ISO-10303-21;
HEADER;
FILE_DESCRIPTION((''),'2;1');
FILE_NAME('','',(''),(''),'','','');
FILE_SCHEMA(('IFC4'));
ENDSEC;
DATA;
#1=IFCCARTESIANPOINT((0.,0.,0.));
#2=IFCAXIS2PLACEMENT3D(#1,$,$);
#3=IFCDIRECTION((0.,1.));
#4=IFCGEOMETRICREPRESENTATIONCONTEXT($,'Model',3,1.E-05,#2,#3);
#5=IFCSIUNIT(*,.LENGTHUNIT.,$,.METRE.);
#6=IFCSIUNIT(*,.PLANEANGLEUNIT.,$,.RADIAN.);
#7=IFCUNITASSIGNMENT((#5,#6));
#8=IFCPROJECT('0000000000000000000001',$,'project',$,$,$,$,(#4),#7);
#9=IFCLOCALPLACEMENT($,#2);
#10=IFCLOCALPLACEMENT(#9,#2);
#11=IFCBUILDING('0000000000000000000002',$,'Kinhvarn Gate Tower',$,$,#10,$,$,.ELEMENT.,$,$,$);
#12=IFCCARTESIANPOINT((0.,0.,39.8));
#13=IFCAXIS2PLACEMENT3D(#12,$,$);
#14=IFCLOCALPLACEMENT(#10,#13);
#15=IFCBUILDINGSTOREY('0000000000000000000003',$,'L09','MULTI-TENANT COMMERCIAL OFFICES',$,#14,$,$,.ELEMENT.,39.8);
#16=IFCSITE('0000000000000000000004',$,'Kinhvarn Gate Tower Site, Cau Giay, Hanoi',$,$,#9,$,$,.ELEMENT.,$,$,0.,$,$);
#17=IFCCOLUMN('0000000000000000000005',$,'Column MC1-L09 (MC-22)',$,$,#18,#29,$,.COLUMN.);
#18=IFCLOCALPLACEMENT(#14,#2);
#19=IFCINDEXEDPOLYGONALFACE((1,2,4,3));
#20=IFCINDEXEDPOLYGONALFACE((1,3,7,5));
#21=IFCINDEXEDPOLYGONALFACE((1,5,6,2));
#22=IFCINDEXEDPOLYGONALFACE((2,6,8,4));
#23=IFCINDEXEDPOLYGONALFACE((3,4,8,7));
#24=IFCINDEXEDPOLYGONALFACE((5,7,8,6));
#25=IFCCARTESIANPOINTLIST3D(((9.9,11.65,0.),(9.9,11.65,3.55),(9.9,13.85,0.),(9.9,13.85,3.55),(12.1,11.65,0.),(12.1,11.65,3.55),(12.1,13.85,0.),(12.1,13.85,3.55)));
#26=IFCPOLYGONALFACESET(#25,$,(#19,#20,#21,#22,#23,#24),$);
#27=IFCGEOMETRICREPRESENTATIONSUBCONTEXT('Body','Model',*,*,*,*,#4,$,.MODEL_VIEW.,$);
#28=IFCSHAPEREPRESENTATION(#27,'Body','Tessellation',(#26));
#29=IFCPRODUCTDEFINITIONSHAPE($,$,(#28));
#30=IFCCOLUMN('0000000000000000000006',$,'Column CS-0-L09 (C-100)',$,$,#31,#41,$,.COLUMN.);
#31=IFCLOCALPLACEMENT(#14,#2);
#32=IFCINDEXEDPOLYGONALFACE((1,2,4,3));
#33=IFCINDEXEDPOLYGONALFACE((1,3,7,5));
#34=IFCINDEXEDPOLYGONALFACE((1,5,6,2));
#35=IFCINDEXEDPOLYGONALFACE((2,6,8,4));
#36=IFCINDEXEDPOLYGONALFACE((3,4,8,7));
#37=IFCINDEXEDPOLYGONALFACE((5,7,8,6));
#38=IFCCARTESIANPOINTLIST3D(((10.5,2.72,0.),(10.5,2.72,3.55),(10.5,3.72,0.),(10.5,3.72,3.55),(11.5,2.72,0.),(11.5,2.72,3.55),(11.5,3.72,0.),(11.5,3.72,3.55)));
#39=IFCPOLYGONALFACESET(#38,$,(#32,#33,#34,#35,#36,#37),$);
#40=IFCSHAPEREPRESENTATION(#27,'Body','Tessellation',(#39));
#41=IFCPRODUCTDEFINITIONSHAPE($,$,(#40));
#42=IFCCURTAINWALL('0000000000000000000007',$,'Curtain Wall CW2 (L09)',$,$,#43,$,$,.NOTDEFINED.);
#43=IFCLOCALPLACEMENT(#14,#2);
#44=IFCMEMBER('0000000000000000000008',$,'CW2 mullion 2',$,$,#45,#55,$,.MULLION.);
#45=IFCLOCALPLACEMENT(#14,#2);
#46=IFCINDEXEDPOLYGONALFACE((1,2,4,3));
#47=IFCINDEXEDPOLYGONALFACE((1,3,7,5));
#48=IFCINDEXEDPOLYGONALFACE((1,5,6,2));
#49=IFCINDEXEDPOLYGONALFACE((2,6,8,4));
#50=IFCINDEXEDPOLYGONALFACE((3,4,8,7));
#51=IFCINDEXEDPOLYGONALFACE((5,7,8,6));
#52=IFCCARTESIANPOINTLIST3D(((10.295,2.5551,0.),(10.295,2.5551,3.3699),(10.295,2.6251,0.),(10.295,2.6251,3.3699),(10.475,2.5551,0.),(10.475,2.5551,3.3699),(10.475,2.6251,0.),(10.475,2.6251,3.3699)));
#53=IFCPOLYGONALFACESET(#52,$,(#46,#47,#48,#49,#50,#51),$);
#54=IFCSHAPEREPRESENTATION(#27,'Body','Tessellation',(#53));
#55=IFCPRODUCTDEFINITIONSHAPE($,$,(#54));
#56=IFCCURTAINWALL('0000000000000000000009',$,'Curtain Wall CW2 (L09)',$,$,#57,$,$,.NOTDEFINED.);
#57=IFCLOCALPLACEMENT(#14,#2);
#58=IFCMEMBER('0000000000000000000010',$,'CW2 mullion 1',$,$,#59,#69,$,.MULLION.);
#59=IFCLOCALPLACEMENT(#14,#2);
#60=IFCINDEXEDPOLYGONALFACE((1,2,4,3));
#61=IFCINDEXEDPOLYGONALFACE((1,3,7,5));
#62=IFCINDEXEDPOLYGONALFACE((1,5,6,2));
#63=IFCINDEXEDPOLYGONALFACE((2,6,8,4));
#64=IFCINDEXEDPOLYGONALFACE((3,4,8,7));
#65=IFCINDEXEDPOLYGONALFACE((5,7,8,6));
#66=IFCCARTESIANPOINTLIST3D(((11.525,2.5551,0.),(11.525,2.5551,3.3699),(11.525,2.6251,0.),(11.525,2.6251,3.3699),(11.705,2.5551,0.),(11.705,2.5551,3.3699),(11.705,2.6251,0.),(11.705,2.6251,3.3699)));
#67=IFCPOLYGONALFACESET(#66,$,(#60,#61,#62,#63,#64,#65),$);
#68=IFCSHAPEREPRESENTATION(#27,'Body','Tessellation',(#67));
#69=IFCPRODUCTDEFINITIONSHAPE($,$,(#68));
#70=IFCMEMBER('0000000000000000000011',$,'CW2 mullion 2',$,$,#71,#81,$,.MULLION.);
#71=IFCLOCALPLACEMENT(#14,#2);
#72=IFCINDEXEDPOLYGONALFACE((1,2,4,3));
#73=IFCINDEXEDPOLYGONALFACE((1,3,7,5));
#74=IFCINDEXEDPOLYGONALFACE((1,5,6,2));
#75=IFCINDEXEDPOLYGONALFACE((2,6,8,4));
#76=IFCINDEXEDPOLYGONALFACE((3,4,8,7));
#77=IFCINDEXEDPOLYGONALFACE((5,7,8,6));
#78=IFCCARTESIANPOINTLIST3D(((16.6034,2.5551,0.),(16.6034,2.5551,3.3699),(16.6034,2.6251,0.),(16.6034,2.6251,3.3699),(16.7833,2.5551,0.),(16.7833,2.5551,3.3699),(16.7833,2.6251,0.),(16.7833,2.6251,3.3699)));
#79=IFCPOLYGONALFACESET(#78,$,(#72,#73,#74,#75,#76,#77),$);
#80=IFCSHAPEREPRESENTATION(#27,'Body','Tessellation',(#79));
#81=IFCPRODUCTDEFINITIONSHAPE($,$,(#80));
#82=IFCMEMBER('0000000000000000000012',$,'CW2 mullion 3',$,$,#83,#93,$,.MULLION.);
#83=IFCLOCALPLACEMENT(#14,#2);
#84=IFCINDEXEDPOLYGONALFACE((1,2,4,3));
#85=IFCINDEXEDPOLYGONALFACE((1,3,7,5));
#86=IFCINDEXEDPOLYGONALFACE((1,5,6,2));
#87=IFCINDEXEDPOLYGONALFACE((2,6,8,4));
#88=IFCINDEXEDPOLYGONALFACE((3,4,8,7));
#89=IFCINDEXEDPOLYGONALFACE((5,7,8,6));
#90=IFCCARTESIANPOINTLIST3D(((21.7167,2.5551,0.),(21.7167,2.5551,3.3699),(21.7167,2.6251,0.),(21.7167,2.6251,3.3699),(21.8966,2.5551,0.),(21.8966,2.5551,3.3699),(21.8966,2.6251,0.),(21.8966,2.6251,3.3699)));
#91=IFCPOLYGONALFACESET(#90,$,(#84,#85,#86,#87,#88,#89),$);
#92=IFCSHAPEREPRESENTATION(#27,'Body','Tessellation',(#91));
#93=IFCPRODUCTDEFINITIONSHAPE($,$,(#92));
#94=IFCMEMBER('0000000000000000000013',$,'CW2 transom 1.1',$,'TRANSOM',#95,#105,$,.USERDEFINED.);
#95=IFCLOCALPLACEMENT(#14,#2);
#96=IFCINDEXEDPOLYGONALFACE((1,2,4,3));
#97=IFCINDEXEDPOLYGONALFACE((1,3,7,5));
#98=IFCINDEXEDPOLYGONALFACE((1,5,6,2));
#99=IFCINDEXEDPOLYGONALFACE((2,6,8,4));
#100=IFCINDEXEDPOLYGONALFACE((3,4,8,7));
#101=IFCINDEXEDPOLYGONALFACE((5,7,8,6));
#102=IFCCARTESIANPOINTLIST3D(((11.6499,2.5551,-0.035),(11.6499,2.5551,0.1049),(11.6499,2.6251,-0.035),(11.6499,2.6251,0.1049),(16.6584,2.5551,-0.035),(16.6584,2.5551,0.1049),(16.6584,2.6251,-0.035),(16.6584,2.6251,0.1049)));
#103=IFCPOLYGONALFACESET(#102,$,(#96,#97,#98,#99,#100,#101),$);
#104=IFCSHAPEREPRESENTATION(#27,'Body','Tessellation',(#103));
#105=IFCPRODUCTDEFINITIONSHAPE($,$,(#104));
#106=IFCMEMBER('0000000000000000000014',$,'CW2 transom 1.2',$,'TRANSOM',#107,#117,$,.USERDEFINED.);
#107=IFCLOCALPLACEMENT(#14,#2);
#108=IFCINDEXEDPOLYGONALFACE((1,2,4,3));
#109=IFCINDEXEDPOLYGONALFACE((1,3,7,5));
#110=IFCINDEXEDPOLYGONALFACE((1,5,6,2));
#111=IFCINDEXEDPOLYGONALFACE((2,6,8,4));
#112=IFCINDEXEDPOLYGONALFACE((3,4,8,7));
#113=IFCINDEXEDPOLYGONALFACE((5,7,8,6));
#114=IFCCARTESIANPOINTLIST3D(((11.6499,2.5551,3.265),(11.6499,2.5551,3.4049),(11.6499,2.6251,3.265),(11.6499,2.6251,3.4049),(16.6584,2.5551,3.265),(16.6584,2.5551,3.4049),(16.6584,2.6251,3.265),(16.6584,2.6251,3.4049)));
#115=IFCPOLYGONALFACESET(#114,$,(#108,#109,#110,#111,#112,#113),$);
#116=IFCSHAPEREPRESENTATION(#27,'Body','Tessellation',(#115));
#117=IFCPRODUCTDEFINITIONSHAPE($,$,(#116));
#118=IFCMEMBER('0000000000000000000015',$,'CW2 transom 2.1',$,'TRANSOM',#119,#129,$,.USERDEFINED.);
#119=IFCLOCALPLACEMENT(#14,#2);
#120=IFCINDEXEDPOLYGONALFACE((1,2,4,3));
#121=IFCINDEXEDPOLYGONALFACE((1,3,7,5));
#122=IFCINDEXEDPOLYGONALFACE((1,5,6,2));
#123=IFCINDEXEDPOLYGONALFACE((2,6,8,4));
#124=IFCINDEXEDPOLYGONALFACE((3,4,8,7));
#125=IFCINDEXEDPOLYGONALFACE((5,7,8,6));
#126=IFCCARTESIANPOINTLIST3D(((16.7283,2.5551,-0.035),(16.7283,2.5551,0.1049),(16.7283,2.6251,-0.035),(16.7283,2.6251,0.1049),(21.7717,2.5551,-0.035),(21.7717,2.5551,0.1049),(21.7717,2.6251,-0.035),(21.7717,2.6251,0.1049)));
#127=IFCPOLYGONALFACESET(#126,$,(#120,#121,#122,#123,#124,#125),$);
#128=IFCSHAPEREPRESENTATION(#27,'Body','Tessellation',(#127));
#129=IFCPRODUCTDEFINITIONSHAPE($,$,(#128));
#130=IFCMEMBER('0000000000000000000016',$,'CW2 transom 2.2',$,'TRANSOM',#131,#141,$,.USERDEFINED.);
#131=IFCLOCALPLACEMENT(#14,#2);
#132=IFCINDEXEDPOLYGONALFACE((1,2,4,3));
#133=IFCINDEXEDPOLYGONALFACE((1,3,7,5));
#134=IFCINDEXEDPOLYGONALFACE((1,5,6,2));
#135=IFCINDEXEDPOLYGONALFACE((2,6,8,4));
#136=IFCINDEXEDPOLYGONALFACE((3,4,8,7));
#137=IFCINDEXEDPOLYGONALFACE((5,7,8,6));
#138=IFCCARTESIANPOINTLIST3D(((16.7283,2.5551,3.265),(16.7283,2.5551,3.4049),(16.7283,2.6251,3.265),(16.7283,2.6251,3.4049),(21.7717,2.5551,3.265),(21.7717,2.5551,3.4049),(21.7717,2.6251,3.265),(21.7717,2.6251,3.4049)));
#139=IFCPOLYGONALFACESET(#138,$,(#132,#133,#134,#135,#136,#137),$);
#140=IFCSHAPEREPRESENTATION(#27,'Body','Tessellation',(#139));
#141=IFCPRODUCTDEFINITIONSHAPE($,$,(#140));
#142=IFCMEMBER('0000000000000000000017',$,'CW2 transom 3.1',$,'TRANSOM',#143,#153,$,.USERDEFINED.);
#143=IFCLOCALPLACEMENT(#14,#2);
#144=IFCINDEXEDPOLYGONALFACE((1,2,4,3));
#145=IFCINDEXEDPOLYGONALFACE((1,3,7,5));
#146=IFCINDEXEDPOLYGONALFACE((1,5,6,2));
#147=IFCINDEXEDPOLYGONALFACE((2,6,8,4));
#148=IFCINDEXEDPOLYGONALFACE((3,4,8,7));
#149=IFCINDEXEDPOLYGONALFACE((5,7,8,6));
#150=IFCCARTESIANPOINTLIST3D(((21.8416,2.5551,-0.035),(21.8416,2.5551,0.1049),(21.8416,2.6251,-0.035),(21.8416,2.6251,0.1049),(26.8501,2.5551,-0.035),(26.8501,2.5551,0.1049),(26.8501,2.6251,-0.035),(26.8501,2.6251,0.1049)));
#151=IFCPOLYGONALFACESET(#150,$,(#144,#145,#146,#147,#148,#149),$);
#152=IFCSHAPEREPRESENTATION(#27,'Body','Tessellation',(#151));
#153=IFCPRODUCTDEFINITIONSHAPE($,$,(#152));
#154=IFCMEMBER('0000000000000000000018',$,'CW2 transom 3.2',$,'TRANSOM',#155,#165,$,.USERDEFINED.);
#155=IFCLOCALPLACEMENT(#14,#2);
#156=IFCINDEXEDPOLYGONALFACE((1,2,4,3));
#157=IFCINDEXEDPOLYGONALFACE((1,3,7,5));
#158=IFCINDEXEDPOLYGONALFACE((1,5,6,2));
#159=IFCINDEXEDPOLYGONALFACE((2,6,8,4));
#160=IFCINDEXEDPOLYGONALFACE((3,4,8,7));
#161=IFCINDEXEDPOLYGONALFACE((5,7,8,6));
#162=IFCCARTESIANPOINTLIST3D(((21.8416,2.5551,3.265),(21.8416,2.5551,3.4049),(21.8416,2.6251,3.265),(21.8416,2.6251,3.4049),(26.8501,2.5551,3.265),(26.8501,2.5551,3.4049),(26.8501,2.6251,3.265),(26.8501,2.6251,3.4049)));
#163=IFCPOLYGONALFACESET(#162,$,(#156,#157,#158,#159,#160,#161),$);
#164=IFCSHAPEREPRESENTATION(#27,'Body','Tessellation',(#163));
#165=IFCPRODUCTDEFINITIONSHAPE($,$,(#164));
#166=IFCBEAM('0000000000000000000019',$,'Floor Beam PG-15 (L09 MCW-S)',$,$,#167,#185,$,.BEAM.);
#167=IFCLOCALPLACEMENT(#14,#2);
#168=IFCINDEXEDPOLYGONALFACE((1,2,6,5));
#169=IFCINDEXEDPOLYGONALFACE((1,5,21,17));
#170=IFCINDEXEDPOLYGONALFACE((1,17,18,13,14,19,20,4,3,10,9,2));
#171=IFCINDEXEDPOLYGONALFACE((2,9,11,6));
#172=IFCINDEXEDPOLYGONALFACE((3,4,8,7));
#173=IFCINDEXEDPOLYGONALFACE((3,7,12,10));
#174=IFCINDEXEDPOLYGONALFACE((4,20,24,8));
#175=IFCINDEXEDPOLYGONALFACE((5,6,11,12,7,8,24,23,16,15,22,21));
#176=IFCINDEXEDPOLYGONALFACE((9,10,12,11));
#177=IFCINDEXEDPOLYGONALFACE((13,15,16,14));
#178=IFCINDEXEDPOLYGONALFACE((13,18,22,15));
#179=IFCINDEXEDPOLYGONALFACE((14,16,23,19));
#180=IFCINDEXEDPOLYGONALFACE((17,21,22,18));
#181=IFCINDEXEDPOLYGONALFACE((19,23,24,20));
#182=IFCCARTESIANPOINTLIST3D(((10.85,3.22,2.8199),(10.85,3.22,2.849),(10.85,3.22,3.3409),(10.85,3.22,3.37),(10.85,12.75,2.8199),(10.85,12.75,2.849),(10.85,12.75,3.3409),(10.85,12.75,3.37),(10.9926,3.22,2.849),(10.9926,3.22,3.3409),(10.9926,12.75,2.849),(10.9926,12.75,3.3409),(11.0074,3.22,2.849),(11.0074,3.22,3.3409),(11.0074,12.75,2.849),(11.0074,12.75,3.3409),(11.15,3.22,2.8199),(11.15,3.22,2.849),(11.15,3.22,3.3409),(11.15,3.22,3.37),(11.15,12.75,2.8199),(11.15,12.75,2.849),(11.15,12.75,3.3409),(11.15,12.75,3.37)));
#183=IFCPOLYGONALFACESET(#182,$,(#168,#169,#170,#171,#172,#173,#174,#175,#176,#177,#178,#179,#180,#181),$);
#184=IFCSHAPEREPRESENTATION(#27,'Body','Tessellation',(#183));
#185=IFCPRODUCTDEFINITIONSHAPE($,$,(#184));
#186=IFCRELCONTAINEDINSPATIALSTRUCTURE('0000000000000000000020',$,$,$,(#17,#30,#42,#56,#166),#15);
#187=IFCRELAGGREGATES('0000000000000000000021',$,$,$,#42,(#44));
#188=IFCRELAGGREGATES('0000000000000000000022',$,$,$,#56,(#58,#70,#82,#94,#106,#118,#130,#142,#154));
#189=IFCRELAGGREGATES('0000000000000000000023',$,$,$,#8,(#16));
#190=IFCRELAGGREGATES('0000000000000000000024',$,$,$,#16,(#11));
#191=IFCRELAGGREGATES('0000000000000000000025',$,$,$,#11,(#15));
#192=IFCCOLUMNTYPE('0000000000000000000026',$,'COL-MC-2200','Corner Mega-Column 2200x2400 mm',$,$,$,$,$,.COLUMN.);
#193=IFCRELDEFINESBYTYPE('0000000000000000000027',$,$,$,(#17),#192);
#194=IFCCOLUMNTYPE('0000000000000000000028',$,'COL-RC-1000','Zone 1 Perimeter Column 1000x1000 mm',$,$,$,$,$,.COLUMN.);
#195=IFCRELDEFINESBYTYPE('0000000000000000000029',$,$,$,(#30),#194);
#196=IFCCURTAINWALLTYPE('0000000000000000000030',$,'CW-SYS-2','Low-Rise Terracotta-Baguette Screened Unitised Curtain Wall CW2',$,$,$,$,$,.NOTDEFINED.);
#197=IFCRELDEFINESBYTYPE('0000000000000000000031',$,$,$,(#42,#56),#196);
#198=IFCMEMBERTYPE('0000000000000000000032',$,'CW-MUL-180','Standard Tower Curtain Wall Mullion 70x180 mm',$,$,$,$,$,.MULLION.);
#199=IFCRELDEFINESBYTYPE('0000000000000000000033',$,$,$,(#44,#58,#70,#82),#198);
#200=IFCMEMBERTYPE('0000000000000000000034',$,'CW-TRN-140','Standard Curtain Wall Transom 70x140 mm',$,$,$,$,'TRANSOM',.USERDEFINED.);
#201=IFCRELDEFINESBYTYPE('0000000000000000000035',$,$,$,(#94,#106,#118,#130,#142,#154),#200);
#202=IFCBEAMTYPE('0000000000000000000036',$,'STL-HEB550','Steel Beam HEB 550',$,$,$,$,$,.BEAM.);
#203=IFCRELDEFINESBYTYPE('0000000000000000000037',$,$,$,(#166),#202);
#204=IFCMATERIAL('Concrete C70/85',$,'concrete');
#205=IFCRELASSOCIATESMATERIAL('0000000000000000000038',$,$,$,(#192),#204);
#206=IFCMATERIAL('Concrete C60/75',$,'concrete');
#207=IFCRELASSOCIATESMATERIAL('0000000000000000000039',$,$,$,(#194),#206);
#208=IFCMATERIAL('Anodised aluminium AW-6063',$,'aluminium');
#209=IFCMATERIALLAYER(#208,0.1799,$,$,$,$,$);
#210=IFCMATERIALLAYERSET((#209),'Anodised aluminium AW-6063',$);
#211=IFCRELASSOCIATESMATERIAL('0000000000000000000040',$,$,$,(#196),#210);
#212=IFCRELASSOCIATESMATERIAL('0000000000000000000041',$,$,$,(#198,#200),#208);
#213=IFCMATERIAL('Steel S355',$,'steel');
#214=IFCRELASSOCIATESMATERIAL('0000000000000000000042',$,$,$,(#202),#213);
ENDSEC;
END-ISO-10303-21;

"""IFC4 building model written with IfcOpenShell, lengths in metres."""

from ifc_helpers import new_model, si_unit, direction, frame, origin, origin_2d, place, context, subcontext, project, spatial, rectangle, i_section, extrude, material, layer, layer_set, material_profile, profile_set, type_object, element, aggregate, save


model = new_model("IFC4")

# Units and contexts
model_context = context("Model", 3, precision=1e-05, world=origin(), true_north=direction((0.0, 1.0)))
body_context = subcontext(model_context, "Body", "Model", "MODEL_VIEW")
ifc_project = project(units=[si_unit("LENGTHUNIT", "METRE"), si_unit("PLANEANGLEUNIT", "RADIAN")], contexts=[model_context])

# Site, building, storey
site_placement = place(None, origin())
site = spatial("IfcSite", under=ifc_project, at=site_placement, Name="Kinhvarn Gate Tower Site, Cau Giay, Hanoi", CompositionType="ELEMENT", RefElevation=0.0)
building_placement = place(site_placement, origin())
building = spatial("IfcBuilding", under=site, at=building_placement, Name="Kinhvarn Gate Tower", CompositionType="ELEMENT")
storey_placement = place(building_placement, frame((0.0, 0.0, 39.8)))
storey = spatial("IfcBuildingStorey", under=building, at=storey_placement, Name="L09", Description="MULTI-TENANT COMMERCIAL OFFICES", CompositionType="ELEMENT", Elevation=39.8)

# Columns
ifc_material_1 = material(Name="Concrete C70/85", Category="concrete")
ifc_material_profile_1 = material_profile(ifc_material_1, rectangle(XDim=2.2, YDim=2.2, at=origin_2d()), Name="RC 2200x2200")
ifc_profile_set_1 = profile_set([ifc_material_profile_1], Name="Concrete C70/85")
column_type_1 = type_object("IfcColumnType", Name="COL-MC-2200", Description="Corner Mega-Column 2200x2400 mm", PredefinedType="COLUMN", material=ifc_profile_set_1)
column_1_placement = place(storey_placement, frame((11.0, 12.75, 0.0), z_axis=(0.0, 0.0, 1.0), x_axis=(1.0, 0.0, 0.0)))
element("IfcColumn", 1, at=column_1_placement, inside=storey, type_object=column_type_1, Name="Column MC1-L09 (MC-22)", PredefinedType="COLUMN", context=body_context, shape_type="SweptSolid", body=[
    extrude(rectangle(XDim=2.2, YDim=2.2, at=origin_2d()), origin(), (0.0, 0.0, 1.0), 3.55),
])
ifc_material_2 = material(Name="Concrete C60/75", Category="concrete")
ifc_material_profile_2 = material_profile(ifc_material_2, rectangle(XDim=1.0, YDim=1.0, at=origin_2d()), Name="RC 1000x1000")
ifc_profile_set_2 = profile_set([ifc_material_profile_2], Name="Concrete C60/75")
column_type_2 = type_object("IfcColumnType", Name="COL-RC-1000", Description="Zone 1 Perimeter Column 1000x1000 mm", PredefinedType="COLUMN", material=ifc_profile_set_2)
column_2_placement = place(storey_placement, frame((11.0, 3.22, 0.0), z_axis=(0.0, 0.0, 1.0), x_axis=(1.0, 0.0, 0.0)))
element("IfcColumn", 2, at=column_2_placement, inside=storey, type_object=column_type_2, Name="Column CS-0-L09 (C-100)", PredefinedType="COLUMN", context=body_context, shape_type="SweptSolid", body=[
    extrude(rectangle(XDim=1.0, YDim=1.0, at=origin_2d()), origin(), (0.0, 0.0, 1.0), 3.55),
])

# Curtain wall, member
ifc_material_3 = material(Name="Anodised aluminium AW-6063", Category="aluminium")
ifc_layer_1 = layer(ifc_material_3, 0.1799)
ifc_layer_set_1 = layer_set([ifc_layer_1], Name="Anodised aluminium AW-6063")
curtain_wall_type = type_object("IfcCurtainWallType", Name="CW-SYS-2", Description="Low-Rise Terracotta-Baguette Screened Unitised Curtain Wall CW2", PredefinedType="NOTDEFINED", material=ifc_layer_set_1)
curtain_wall_1_placement = place(storey_placement, origin())
curtain_wall_1 = element("IfcCurtainWall", 3, at=curtain_wall_1_placement, inside=storey, type_object=curtain_wall_type, Name="Curtain Wall CW2 (L09)", PredefinedType="NOTDEFINED")
ifc_material_profile_3 = material_profile(ifc_material_3, rectangle(XDim=0.0701, YDim=0.1799, at=origin_2d()), Name="ALU 70x180")
ifc_profile_set_3 = profile_set([ifc_material_profile_3], Name="Anodised aluminium AW-6063")
member_type_1 = type_object("IfcMemberType", Name="CW-MUL-180", Description="Standard Tower Curtain Wall Mullion 70x180 mm", PredefinedType="MULLION", material=ifc_profile_set_3)
member_1_placement = place(storey_placement, frame((10.385, 2.5901, 0.0), z_axis=(0.0, 0.0, 1.0), x_axis=(0.0, 1.0, 0.0)))
member_1 = element("IfcMember", 4, at=member_1_placement, type_object=member_type_1, Name="CW2 mullion 2", PredefinedType="MULLION", context=body_context, shape_type="SweptSolid", body=[
    extrude(rectangle(XDim=0.0701, YDim=0.1799, at=origin_2d()), origin(), (0.0, 0.0, 1.0), 3.3699),
])
aggregate(curtain_wall_1, [member_1])

# Curtain wall, members
curtain_wall_2_placement = place(storey_placement, origin())
curtain_wall_2 = element("IfcCurtainWall", 5, at=curtain_wall_2_placement, inside=storey, type_object=curtain_wall_type, Name="Curtain Wall CW2 (L09)", PredefinedType="NOTDEFINED")
member_2_placement = place(storey_placement, frame((11.615, 2.5901, 0.0), z_axis=(0.0, 0.0, 1.0), x_axis=(0.0, 1.0, 0.0)))
member_2 = element("IfcMember", 6, at=member_2_placement, type_object=member_type_1, Name="CW2 mullion 1", PredefinedType="MULLION", context=body_context, shape_type="SweptSolid", body=[
    extrude(rectangle(XDim=0.0701, YDim=0.1799, at=origin_2d()), origin(), (0.0, 0.0, 1.0), 3.3699),
])
member_3_placement = place(storey_placement, frame((16.6934, 2.5901, 0.0), z_axis=(0.0, 0.0, 1.0), x_axis=(0.0, 1.0, 0.0)))
member_3 = element("IfcMember", 7, at=member_3_placement, type_object=member_type_1, Name="CW2 mullion 2", PredefinedType="MULLION", context=body_context, shape_type="SweptSolid", body=[
    extrude(rectangle(XDim=0.0701, YDim=0.1799, at=origin_2d()), origin(), (0.0, 0.0, 1.0), 3.3699),
])
member_4_placement = place(storey_placement, frame((21.8066, 2.5901, 0.0), z_axis=(0.0, 0.0, 1.0), x_axis=(0.0, 1.0, 0.0)))
member_4 = element("IfcMember", 8, at=member_4_placement, type_object=member_type_1, Name="CW2 mullion 3", PredefinedType="MULLION", context=body_context, shape_type="SweptSolid", body=[
    extrude(rectangle(XDim=0.0701, YDim=0.1799, at=origin_2d()), origin(), (0.0, 0.0, 1.0), 3.3699),
])
ifc_material_profile_4 = material_profile(ifc_material_3, rectangle(XDim=0.0701, YDim=0.1399, at=origin_2d()), Name="ALU 70x140")
ifc_profile_set_4 = profile_set([ifc_material_profile_4], Name="Anodised aluminium AW-6063")
member_type_2 = type_object("IfcMemberType", Name="CW-TRN-140", Description="Standard Curtain Wall Transom 70x140 mm", ElementType="TRANSOM", PredefinedType="USERDEFINED", material=ifc_profile_set_4)
member_5_placement = place(storey_placement, frame((11.6499, 2.5901, 0.0349), z_axis=(1.0, 0.0, 0.0), x_axis=(0.0, 1.0, 0.0)))
member_5 = element("IfcMember", 9, at=member_5_placement, type_object=member_type_2, Name="CW2 transom 1.1", ObjectType="TRANSOM", PredefinedType="USERDEFINED", context=body_context, shape_type="SweptSolid", body=[
    extrude(rectangle(XDim=0.0701, YDim=0.1399, at=origin_2d()), origin(), (0.0, 0.0, 1.0), 5.0085),
])
member_6_placement = place(storey_placement, frame((11.6499, 2.5901, 3.335), z_axis=(1.0, 0.0, 0.0), x_axis=(0.0, 1.0, 0.0)))
member_6 = element("IfcMember", 10, at=member_6_placement, type_object=member_type_2, Name="CW2 transom 1.2", ObjectType="TRANSOM", PredefinedType="USERDEFINED", context=body_context, shape_type="SweptSolid", body=[
    extrude(rectangle(XDim=0.0701, YDim=0.1399, at=origin_2d()), origin(), (0.0, 0.0, 1.0), 5.0085),
])
member_7_placement = place(storey_placement, frame((16.7283, 2.5901, 0.0349), z_axis=(1.0, 0.0, 0.0), x_axis=(0.0, 1.0, 0.0)))
member_7 = element("IfcMember", 11, at=member_7_placement, type_object=member_type_2, Name="CW2 transom 2.1", ObjectType="TRANSOM", PredefinedType="USERDEFINED", context=body_context, shape_type="SweptSolid", body=[
    extrude(rectangle(XDim=0.0701, YDim=0.1399, at=origin_2d()), origin(), (0.0, 0.0, 1.0), 5.0435),
])
member_8_placement = place(storey_placement, frame((16.7283, 2.5901, 3.335), z_axis=(1.0, 0.0, 0.0), x_axis=(0.0, 1.0, 0.0)))
member_8 = element("IfcMember", 12, at=member_8_placement, type_object=member_type_2, Name="CW2 transom 2.2", ObjectType="TRANSOM", PredefinedType="USERDEFINED", context=body_context, shape_type="SweptSolid", body=[
    extrude(rectangle(XDim=0.0701, YDim=0.1399, at=origin_2d()), origin(), (0.0, 0.0, 1.0), 5.0435),
])
member_9_placement = place(storey_placement, frame((21.8416, 2.5901, 0.0349), z_axis=(1.0, 0.0, 0.0), x_axis=(0.0, 1.0, 0.0)))
member_9 = element("IfcMember", 13, at=member_9_placement, type_object=member_type_2, Name="CW2 transom 3.1", ObjectType="TRANSOM", PredefinedType="USERDEFINED", context=body_context, shape_type="SweptSolid", body=[
    extrude(rectangle(XDim=0.0701, YDim=0.1399, at=origin_2d()), origin(), (0.0, 0.0, 1.0), 5.0085),
])
member_10_placement = place(storey_placement, frame((21.8416, 2.5901, 3.335), z_axis=(1.0, 0.0, 0.0), x_axis=(0.0, 1.0, 0.0)))
member_10 = element("IfcMember", 14, at=member_10_placement, type_object=member_type_2, Name="CW2 transom 3.2", ObjectType="TRANSOM", PredefinedType="USERDEFINED", context=body_context, shape_type="SweptSolid", body=[
    extrude(rectangle(XDim=0.0701, YDim=0.1399, at=origin_2d()), origin(), (0.0, 0.0, 1.0), 5.0085),
])

# Beam
ifc_material_4 = material(Name="Steel S355", Category="steel")
ifc_material_profile_5 = material_profile(ifc_material_4, i_section(OverallWidth=0.3, OverallDepth=0.55, WebThickness=0.0149, FlangeThickness=0.0291, at=origin_2d()), Name="HEB 550")
ifc_profile_set_5 = profile_set([ifc_material_profile_5], Name="Steel S355")
beam_type_1 = type_object("IfcBeamType", Name="STL-HEB550", Description="Steel Beam HEB 550", PredefinedType="BEAM", material=ifc_profile_set_5)
beam_1_placement = place(storey_placement, frame((11.0, 3.22, 3.095), z_axis=(0.0, 1.0, 0.0), x_axis=(-1.0, 0.0, 0.0)))
element("IfcBeam", 15, at=beam_1_placement, inside=storey, type_object=beam_type_1, Name="Floor Beam PG-15 (L09 MCW-S)", PredefinedType="BEAM", context=body_context, shape_type="SweptSolid", body=[
    extrude(i_section(OverallWidth=0.3, OverallDepth=0.55, WebThickness=0.0149, FlangeThickness=0.0291, at=origin_2d()), origin(), (0.0, 0.0, 1.0), 9.53),
])

aggregate(curtain_wall_2, [member_2, member_3, member_4, member_5, member_6, member_7, member_8, member_9, member_10])

save(model, "model.ifc")
